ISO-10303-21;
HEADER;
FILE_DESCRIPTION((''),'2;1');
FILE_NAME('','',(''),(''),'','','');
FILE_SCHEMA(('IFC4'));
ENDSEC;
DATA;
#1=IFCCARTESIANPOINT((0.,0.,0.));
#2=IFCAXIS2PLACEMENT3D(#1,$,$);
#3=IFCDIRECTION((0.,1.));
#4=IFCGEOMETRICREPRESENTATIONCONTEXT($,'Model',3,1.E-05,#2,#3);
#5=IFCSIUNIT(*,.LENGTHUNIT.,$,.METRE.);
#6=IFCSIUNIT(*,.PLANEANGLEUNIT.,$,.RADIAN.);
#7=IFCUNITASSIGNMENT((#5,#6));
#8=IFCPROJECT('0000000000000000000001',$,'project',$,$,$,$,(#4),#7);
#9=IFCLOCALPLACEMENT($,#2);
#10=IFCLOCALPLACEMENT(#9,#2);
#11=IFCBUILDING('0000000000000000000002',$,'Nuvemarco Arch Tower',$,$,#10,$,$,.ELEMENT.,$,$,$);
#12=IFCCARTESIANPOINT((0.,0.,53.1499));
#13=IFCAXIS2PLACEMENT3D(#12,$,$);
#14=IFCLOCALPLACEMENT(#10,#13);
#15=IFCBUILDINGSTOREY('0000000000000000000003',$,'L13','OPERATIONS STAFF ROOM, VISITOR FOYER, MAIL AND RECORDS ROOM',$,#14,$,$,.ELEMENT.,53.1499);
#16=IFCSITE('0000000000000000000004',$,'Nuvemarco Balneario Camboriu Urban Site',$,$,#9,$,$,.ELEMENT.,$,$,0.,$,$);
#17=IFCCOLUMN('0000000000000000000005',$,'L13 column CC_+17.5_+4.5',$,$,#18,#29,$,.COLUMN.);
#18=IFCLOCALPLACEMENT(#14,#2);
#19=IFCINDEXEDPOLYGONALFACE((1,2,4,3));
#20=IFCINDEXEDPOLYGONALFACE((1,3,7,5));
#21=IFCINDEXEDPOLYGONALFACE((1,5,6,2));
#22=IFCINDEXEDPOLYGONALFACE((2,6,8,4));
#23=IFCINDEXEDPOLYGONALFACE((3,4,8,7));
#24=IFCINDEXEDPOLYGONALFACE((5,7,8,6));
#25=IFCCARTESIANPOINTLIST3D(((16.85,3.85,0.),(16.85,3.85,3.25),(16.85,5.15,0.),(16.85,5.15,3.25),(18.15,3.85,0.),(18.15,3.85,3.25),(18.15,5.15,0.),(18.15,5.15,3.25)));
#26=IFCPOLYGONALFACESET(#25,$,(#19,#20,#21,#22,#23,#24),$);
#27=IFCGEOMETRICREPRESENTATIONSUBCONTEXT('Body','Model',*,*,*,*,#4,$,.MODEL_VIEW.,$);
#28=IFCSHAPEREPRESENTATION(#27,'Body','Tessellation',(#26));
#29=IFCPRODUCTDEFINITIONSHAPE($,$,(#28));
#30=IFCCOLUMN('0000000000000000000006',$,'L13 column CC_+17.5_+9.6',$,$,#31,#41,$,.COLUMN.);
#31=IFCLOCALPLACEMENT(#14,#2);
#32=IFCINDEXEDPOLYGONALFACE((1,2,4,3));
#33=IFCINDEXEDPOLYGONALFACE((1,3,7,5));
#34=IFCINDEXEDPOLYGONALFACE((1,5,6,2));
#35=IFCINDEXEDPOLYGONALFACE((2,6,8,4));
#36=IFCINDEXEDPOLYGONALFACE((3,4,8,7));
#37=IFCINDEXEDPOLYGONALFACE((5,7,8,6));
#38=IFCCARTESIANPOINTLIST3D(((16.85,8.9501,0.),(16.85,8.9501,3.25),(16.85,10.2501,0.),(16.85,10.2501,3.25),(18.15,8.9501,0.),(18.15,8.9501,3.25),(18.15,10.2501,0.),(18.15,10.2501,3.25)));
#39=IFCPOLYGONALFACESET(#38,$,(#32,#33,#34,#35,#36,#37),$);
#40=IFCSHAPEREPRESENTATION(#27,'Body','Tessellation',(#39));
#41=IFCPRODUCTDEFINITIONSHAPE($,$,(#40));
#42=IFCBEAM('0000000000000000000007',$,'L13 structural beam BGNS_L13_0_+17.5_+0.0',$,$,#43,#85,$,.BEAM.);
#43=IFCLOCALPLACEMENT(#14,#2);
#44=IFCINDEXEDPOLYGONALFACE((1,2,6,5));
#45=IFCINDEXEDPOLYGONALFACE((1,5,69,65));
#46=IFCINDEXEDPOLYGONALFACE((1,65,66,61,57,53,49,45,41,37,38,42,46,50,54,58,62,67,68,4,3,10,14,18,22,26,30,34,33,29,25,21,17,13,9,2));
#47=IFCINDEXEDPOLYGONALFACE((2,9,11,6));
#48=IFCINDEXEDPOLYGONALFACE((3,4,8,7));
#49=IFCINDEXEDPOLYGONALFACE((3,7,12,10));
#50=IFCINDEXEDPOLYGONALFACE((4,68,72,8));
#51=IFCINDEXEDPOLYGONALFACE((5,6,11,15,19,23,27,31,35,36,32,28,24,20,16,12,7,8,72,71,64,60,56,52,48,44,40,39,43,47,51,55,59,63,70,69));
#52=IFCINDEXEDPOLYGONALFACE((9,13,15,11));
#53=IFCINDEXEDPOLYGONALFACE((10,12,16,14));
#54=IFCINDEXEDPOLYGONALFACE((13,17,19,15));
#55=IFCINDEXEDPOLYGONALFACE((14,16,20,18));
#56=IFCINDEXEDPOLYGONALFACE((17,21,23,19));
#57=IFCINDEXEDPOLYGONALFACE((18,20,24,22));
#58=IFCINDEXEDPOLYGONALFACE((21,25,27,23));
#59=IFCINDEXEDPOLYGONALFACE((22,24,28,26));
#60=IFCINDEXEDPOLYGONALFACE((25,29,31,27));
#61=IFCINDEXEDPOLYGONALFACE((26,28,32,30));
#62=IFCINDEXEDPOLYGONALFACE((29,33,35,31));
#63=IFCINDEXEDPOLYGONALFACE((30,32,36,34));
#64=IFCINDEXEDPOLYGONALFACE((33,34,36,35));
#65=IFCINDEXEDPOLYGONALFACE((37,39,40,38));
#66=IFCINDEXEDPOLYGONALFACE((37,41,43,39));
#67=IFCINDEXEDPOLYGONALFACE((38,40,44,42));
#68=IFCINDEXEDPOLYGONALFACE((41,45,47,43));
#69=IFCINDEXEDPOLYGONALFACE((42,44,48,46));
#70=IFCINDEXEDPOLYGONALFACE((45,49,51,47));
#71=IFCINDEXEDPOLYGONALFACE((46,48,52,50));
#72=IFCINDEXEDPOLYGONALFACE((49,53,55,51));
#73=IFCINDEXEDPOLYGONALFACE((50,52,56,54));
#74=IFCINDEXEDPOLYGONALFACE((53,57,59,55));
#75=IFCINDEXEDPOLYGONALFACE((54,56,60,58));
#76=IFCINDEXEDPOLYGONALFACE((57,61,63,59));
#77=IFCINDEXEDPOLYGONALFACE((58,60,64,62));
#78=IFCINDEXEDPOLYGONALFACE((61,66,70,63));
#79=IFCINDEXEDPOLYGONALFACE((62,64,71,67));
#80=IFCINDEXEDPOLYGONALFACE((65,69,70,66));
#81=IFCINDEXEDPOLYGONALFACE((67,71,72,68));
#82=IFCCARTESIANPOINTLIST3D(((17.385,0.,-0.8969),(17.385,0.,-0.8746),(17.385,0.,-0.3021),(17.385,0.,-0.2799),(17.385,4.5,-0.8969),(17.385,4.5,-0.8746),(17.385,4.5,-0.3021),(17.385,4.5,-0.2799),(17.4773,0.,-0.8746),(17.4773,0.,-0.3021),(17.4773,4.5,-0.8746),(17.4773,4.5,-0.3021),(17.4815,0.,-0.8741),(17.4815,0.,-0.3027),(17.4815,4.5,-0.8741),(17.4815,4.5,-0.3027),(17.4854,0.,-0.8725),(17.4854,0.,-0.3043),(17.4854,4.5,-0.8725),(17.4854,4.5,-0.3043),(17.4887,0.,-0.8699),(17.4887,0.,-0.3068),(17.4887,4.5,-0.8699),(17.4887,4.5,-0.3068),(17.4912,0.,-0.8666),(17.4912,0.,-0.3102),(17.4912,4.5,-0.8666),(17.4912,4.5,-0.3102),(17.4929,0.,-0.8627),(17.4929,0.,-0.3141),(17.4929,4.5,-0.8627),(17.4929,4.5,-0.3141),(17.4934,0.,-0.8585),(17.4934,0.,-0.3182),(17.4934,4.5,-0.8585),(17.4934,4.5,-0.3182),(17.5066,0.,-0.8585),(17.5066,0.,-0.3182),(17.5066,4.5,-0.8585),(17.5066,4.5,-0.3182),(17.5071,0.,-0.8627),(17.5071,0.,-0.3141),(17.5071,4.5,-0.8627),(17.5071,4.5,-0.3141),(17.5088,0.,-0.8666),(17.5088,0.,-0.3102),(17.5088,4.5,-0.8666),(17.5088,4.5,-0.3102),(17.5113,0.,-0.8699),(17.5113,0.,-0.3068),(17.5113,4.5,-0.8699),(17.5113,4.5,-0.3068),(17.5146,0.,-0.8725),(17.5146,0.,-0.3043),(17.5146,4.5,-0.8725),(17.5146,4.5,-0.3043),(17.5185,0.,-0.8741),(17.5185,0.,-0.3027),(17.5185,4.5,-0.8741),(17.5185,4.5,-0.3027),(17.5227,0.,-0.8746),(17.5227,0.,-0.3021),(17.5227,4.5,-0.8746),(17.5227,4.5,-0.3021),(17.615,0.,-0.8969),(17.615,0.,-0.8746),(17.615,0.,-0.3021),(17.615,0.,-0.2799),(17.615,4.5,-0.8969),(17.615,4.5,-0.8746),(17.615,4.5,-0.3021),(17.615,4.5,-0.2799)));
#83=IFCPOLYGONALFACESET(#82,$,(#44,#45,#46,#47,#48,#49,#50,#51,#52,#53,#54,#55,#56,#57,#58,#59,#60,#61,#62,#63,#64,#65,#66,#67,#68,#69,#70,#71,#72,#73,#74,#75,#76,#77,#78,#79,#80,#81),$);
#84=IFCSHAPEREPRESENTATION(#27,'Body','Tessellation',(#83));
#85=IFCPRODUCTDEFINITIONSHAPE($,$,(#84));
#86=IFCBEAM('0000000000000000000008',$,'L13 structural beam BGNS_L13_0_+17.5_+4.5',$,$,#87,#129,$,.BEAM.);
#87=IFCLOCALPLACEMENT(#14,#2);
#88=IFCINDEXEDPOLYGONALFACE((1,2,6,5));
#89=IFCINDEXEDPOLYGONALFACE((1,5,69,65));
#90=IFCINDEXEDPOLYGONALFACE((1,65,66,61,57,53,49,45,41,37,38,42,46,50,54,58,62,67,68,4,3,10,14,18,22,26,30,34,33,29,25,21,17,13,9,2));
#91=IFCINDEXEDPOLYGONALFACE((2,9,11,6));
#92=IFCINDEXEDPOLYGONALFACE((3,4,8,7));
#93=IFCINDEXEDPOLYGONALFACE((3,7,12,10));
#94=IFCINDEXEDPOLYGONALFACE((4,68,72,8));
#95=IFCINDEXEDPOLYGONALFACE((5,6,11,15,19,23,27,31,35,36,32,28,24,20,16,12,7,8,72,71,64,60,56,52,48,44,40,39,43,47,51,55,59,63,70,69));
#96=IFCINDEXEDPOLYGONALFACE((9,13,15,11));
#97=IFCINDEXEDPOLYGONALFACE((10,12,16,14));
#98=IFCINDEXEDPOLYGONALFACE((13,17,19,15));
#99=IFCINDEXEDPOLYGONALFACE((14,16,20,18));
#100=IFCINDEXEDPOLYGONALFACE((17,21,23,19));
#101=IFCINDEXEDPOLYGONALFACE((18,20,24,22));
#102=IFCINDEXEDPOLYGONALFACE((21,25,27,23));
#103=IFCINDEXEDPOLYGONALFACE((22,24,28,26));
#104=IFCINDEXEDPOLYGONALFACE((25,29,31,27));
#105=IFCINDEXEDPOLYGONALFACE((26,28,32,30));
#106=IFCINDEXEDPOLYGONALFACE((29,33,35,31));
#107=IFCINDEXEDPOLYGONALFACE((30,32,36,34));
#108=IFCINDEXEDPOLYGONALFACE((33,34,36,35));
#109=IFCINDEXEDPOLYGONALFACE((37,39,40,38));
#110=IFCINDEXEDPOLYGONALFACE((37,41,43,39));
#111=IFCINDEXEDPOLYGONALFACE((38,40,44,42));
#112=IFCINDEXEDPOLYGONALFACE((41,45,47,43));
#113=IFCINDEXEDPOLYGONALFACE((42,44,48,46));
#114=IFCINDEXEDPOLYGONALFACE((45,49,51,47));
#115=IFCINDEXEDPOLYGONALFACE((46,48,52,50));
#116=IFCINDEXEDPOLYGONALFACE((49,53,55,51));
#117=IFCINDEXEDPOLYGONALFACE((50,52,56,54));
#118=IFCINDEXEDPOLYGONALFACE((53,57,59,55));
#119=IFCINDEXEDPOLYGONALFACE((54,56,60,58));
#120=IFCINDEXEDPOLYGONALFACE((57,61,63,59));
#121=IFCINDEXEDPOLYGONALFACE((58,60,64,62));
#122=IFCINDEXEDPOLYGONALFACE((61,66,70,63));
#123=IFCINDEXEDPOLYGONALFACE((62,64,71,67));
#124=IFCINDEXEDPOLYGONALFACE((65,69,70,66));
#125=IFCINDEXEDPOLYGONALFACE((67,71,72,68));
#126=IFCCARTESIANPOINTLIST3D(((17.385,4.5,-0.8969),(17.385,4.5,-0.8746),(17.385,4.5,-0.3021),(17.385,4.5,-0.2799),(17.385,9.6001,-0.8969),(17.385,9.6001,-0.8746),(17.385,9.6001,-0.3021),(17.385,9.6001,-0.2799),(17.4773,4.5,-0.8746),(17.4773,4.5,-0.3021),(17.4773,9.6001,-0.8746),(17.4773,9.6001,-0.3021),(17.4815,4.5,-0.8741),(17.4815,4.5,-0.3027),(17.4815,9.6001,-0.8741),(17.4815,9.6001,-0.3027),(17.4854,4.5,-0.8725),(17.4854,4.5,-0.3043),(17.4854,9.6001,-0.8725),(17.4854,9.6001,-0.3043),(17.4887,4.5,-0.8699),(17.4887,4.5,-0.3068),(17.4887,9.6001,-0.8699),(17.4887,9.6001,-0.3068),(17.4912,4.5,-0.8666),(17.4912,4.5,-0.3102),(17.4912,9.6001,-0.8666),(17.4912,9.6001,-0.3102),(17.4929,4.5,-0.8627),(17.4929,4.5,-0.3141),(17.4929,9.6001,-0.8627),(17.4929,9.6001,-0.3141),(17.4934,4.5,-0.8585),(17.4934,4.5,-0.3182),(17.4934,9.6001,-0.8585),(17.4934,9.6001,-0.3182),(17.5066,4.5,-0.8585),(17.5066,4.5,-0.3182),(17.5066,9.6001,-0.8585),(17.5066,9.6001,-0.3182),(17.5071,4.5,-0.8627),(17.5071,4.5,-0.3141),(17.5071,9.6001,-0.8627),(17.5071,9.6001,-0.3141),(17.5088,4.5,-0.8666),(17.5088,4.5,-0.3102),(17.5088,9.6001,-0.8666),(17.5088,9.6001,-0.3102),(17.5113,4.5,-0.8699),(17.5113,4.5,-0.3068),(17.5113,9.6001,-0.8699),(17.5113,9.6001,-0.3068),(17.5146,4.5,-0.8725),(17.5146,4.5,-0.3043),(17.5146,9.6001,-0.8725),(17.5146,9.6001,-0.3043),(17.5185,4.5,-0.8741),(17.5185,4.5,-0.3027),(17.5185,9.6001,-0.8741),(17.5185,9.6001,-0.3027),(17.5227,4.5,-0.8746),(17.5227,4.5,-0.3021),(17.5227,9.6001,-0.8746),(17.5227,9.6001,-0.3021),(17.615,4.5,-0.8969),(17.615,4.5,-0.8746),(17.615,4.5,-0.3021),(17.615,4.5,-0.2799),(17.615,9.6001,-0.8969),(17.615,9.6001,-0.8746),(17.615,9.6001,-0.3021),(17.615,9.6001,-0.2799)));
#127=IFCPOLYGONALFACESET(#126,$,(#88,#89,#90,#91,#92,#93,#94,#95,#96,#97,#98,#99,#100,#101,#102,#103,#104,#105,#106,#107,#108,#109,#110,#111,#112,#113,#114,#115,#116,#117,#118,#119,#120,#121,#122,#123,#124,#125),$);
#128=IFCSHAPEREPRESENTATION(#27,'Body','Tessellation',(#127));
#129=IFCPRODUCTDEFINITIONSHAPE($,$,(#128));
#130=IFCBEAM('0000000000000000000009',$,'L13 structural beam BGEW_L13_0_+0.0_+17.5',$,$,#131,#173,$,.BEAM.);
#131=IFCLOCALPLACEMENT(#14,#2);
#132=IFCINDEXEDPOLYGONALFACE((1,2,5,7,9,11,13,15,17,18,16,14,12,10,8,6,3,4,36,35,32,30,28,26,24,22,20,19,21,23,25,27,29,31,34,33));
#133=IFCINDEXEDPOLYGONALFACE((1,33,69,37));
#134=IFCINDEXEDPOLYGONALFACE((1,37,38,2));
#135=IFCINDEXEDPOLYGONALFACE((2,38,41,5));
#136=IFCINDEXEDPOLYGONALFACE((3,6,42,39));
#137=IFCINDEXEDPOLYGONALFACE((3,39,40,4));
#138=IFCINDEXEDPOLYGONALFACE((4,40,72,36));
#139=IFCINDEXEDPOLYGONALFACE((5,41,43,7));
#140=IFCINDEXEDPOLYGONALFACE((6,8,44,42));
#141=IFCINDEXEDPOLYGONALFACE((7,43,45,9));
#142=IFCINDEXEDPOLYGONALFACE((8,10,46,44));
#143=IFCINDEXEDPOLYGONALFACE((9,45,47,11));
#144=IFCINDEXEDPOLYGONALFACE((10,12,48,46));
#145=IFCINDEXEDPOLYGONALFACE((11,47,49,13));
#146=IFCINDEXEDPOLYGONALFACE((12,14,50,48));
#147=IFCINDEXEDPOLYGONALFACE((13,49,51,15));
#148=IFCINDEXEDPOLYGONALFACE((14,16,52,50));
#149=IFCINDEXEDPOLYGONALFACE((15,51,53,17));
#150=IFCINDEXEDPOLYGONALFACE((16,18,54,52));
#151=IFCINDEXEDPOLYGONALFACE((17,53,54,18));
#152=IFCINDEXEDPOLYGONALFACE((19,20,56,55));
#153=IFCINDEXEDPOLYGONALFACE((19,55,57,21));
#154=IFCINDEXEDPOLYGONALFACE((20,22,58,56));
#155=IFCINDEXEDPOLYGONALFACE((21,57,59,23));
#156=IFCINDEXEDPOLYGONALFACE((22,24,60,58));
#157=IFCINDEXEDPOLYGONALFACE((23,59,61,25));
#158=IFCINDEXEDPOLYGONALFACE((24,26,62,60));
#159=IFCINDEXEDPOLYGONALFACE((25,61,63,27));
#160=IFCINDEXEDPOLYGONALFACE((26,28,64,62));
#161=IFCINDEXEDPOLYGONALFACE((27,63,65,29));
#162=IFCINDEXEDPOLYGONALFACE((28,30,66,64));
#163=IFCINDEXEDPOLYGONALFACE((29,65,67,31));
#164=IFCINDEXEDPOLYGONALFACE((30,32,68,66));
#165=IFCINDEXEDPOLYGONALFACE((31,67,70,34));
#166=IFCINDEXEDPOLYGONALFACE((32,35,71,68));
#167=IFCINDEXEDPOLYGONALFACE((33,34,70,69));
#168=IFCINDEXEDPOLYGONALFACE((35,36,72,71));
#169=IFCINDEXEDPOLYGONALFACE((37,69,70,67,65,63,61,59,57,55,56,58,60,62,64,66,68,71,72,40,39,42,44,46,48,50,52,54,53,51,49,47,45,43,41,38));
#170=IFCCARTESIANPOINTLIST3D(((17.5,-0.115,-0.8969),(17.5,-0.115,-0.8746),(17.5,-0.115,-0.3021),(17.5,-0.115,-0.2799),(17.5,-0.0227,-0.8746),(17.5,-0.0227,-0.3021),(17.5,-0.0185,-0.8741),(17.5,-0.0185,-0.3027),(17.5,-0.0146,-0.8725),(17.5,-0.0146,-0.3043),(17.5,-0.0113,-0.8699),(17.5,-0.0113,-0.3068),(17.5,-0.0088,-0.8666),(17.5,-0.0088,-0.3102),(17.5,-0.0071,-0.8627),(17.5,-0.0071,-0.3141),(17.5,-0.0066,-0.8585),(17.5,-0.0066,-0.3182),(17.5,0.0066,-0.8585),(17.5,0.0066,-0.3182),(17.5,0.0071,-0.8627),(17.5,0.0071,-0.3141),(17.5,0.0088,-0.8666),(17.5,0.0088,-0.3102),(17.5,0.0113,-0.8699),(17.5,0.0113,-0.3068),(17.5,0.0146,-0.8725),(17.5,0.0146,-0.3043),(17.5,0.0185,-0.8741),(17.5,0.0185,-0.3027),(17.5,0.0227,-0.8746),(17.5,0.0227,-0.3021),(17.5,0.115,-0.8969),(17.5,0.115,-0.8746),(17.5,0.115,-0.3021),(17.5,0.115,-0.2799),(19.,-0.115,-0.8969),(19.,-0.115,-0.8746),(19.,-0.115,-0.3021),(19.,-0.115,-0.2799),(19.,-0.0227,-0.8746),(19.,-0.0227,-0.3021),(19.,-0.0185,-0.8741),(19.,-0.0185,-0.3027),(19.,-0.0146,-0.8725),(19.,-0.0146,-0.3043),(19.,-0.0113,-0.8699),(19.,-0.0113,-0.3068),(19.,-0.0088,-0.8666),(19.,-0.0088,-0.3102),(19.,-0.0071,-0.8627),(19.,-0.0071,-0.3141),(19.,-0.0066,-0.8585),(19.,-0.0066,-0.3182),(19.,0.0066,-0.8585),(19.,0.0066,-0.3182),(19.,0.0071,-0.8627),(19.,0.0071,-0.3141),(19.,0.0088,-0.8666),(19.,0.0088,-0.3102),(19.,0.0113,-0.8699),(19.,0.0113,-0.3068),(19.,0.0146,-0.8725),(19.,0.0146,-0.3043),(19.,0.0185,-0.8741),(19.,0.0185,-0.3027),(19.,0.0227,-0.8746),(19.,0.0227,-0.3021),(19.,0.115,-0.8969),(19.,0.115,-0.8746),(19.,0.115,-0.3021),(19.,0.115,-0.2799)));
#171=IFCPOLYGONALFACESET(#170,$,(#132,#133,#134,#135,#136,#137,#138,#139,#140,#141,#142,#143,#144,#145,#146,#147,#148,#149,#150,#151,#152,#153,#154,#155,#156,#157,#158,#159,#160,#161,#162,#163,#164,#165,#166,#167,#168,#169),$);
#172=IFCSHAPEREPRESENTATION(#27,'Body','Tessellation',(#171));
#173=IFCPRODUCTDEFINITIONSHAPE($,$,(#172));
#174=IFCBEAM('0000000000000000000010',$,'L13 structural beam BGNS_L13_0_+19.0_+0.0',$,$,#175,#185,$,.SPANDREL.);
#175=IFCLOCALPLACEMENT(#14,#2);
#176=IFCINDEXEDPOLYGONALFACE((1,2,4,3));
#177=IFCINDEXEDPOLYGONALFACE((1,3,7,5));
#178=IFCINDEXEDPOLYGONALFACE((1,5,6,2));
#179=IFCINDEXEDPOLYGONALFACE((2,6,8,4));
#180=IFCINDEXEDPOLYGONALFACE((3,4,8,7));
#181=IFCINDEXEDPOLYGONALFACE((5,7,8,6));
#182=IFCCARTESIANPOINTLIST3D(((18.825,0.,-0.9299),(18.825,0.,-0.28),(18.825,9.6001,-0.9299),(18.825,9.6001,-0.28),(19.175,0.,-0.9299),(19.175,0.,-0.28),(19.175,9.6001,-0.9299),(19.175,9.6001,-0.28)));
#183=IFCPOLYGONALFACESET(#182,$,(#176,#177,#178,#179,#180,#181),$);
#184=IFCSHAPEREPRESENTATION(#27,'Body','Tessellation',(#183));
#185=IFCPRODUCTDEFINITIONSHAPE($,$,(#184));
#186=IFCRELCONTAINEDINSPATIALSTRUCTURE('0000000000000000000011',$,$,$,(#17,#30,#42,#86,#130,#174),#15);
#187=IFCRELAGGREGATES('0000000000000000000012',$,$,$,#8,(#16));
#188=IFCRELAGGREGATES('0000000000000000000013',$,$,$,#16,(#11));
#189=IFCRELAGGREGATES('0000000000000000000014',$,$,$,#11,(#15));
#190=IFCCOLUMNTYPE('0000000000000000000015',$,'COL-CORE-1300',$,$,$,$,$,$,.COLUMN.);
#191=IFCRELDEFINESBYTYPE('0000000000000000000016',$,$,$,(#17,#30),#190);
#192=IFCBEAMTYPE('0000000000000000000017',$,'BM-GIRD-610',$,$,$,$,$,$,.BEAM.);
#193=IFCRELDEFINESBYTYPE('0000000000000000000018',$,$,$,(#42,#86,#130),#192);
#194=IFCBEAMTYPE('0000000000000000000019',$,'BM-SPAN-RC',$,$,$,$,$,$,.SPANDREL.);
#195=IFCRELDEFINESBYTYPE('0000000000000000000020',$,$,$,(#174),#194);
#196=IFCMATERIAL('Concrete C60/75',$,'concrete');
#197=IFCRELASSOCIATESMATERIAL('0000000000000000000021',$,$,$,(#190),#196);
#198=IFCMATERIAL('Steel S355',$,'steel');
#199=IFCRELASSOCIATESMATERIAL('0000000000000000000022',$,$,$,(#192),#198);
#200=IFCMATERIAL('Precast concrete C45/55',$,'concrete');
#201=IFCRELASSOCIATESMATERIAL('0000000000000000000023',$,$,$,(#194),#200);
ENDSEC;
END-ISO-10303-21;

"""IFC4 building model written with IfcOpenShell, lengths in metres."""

from ifc_helpers import new_model, si_unit, direction, frame, origin, origin_2d, place, context, subcontext, project, spatial, rectangle, i_section, extrude, material, material_profile, profile_set, type_object, element, save


model = new_model("IFC4")

# Units and contexts
model_context = context("Model", 3, precision=1e-05, world=origin(), true_north=direction((0.0, 1.0)))
body_context = subcontext(model_context, "Body", "Model", "MODEL_VIEW")
ifc_project = project(units=[si_unit("LENGTHUNIT", "METRE"), si_unit("PLANEANGLEUNIT", "RADIAN")], contexts=[model_context])

# Site, building, storey
site_placement = place(None, origin())
site = spatial("IfcSite", under=ifc_project, at=site_placement, Name="Nuvemarco Balneario Camboriu Urban Site", CompositionType="ELEMENT", RefElevation=0.0)
building_placement = place(site_placement, origin())
building = spatial("IfcBuilding", under=site, at=building_placement, Name="Nuvemarco Arch Tower", CompositionType="ELEMENT")
storey_placement = place(building_placement, frame((0.0, 0.0, 53.1499)))
storey = spatial("IfcBuildingStorey", under=building, at=storey_placement, Name="L13", Description="OPERATIONS STAFF ROOM, VISITOR FOYER, MAIL AND RECORDS ROOM", CompositionType="ELEMENT", Elevation=53.1499)

# Columns
ifc_material_1 = material(Name="Concrete C60/75", Category="concrete")
ifc_material_profile_1 = material_profile(ifc_material_1, rectangle(XDim=1.3, YDim=1.3, at=origin_2d()), Name="RC-COL-1300x1300")
ifc_profile_set_1 = profile_set([ifc_material_profile_1], Name="Concrete C60/75")
column_type = type_object("IfcColumnType", Name="COL-CORE-1300", PredefinedType="COLUMN", material=ifc_profile_set_1)
for number, where, z_axis, x_axis, name in (
    (1, (17.5, 4.5, 0.0), (0.0, 0.0, 1.0), (1.0, 0.0, 0.0), "L13 column CC_+17.5_+4.5"),
    (2, (17.5, 9.6001, 0.0), (0.0, 0.0, 1.0), (1.0, 0.0, 0.0), "L13 column CC_+17.5_+9.6"),
):
    element("IfcColumn", number, at=place(storey_placement, frame(where, z_axis=z_axis, x_axis=x_axis)), inside=storey, type_object=column_type, Name=name, PredefinedType="COLUMN", context=body_context, shape_type="SweptSolid", body=[
        extrude(rectangle(XDim=1.3, YDim=1.3, at=origin_2d()), origin(), (0.0, 0.0, 1.0), 3.25),
    ])

# Beams
ifc_material_2 = material(Name="Steel S355", Category="steel")
ifc_material_profile_2 = material_profile(ifc_material_2, i_section(OverallWidth=0.23, OverallDepth=0.6169, WebThickness=0.0132, FlangeThickness=0.0222, FilletRadius=0.0161, at=origin_2d()), Name="W610x140")
ifc_profile_set_2 = profile_set([ifc_material_profile_2], Name="Steel S355")
beam_type_1 = type_object("IfcBeamType", Name="BM-GIRD-610", PredefinedType="BEAM", material=ifc_profile_set_2)
beam_1_placement = place(storey_placement, frame((17.5, 0.0, -0.5884), z_axis=(0.0, 1.0, 0.0), x_axis=(-1.0, 0.0, 0.0)))
element("IfcBeam", 3, at=beam_1_placement, inside=storey, type_object=beam_type_1, Name="L13 structural beam BGNS_L13_0_+17.5_+0.0", PredefinedType="BEAM", context=body_context, shape_type="SweptSolid", body=[
    extrude(i_section(OverallWidth=0.23, OverallDepth=0.6169, WebThickness=0.0132, FlangeThickness=0.0222, FilletRadius=0.0161, at=origin_2d()), origin(), (0.0, 0.0, 1.0), 4.5),
])
beam_2_placement = place(storey_placement, frame((17.5, 4.5, -0.5884), z_axis=(0.0, 1.0, 0.0), x_axis=(-1.0, 0.0, 0.0)))
element("IfcBeam", 4, at=beam_2_placement, inside=storey, type_object=beam_type_1, Name="L13 structural beam BGNS_L13_0_+17.5_+4.5", PredefinedType="BEAM", context=body_context, shape_type="SweptSolid", body=[
    extrude(i_section(OverallWidth=0.23, OverallDepth=0.6169, WebThickness=0.0132, FlangeThickness=0.0222, FilletRadius=0.0161, at=origin_2d()), origin(), (0.0, 0.0, 1.0), 5.1001),
])
beam_3_placement = place(storey_placement, frame((17.5, 0.0, -0.5884), z_axis=(1.0, 0.0, 0.0), x_axis=(0.0, 1.0, 0.0)))
element("IfcBeam", 5, at=beam_3_placement, inside=storey, type_object=beam_type_1, Name="L13 structural beam BGEW_L13_0_+0.0_+17.5", PredefinedType="BEAM", context=body_context, shape_type="SweptSolid", body=[
    extrude(i_section(OverallWidth=0.23, OverallDepth=0.6169, WebThickness=0.0132, FlangeThickness=0.0222, FilletRadius=0.0161, at=origin_2d()), origin(), (0.0, 0.0, 1.0), 1.5),
])
ifc_material_3 = material(Name="Precast concrete C45/55", Category="concrete")
ifc_material_profile_3 = material_profile(ifc_material_3, rectangle(XDim=0.3501, YDim=0.6499, at=origin_2d()), Name="PC-SP-350x650")
ifc_profile_set_3 = profile_set([ifc_material_profile_3], Name="Precast concrete C45/55")
beam_type_2 = type_object("IfcBeamType", Name="BM-SPAN-RC", PredefinedType="SPANDREL", material=ifc_profile_set_3)
beam_4_placement = place(storey_placement, frame((19.0, 0.0, -0.605), z_axis=(0.0, 1.0, 0.0), x_axis=(-1.0, 0.0, 0.0)))
element("IfcBeam", 6, at=beam_4_placement, inside=storey, type_object=beam_type_2, Name="L13 structural beam BGNS_L13_0_+19.0_+0.0", PredefinedType="SPANDREL", context=body_context, shape_type="SweptSolid", body=[
    extrude(rectangle(XDim=0.3501, YDim=0.6499, at=origin_2d()), origin(), (0.0, 0.0, 1.0), 9.6001),
])

save(model, "model.ifc")
